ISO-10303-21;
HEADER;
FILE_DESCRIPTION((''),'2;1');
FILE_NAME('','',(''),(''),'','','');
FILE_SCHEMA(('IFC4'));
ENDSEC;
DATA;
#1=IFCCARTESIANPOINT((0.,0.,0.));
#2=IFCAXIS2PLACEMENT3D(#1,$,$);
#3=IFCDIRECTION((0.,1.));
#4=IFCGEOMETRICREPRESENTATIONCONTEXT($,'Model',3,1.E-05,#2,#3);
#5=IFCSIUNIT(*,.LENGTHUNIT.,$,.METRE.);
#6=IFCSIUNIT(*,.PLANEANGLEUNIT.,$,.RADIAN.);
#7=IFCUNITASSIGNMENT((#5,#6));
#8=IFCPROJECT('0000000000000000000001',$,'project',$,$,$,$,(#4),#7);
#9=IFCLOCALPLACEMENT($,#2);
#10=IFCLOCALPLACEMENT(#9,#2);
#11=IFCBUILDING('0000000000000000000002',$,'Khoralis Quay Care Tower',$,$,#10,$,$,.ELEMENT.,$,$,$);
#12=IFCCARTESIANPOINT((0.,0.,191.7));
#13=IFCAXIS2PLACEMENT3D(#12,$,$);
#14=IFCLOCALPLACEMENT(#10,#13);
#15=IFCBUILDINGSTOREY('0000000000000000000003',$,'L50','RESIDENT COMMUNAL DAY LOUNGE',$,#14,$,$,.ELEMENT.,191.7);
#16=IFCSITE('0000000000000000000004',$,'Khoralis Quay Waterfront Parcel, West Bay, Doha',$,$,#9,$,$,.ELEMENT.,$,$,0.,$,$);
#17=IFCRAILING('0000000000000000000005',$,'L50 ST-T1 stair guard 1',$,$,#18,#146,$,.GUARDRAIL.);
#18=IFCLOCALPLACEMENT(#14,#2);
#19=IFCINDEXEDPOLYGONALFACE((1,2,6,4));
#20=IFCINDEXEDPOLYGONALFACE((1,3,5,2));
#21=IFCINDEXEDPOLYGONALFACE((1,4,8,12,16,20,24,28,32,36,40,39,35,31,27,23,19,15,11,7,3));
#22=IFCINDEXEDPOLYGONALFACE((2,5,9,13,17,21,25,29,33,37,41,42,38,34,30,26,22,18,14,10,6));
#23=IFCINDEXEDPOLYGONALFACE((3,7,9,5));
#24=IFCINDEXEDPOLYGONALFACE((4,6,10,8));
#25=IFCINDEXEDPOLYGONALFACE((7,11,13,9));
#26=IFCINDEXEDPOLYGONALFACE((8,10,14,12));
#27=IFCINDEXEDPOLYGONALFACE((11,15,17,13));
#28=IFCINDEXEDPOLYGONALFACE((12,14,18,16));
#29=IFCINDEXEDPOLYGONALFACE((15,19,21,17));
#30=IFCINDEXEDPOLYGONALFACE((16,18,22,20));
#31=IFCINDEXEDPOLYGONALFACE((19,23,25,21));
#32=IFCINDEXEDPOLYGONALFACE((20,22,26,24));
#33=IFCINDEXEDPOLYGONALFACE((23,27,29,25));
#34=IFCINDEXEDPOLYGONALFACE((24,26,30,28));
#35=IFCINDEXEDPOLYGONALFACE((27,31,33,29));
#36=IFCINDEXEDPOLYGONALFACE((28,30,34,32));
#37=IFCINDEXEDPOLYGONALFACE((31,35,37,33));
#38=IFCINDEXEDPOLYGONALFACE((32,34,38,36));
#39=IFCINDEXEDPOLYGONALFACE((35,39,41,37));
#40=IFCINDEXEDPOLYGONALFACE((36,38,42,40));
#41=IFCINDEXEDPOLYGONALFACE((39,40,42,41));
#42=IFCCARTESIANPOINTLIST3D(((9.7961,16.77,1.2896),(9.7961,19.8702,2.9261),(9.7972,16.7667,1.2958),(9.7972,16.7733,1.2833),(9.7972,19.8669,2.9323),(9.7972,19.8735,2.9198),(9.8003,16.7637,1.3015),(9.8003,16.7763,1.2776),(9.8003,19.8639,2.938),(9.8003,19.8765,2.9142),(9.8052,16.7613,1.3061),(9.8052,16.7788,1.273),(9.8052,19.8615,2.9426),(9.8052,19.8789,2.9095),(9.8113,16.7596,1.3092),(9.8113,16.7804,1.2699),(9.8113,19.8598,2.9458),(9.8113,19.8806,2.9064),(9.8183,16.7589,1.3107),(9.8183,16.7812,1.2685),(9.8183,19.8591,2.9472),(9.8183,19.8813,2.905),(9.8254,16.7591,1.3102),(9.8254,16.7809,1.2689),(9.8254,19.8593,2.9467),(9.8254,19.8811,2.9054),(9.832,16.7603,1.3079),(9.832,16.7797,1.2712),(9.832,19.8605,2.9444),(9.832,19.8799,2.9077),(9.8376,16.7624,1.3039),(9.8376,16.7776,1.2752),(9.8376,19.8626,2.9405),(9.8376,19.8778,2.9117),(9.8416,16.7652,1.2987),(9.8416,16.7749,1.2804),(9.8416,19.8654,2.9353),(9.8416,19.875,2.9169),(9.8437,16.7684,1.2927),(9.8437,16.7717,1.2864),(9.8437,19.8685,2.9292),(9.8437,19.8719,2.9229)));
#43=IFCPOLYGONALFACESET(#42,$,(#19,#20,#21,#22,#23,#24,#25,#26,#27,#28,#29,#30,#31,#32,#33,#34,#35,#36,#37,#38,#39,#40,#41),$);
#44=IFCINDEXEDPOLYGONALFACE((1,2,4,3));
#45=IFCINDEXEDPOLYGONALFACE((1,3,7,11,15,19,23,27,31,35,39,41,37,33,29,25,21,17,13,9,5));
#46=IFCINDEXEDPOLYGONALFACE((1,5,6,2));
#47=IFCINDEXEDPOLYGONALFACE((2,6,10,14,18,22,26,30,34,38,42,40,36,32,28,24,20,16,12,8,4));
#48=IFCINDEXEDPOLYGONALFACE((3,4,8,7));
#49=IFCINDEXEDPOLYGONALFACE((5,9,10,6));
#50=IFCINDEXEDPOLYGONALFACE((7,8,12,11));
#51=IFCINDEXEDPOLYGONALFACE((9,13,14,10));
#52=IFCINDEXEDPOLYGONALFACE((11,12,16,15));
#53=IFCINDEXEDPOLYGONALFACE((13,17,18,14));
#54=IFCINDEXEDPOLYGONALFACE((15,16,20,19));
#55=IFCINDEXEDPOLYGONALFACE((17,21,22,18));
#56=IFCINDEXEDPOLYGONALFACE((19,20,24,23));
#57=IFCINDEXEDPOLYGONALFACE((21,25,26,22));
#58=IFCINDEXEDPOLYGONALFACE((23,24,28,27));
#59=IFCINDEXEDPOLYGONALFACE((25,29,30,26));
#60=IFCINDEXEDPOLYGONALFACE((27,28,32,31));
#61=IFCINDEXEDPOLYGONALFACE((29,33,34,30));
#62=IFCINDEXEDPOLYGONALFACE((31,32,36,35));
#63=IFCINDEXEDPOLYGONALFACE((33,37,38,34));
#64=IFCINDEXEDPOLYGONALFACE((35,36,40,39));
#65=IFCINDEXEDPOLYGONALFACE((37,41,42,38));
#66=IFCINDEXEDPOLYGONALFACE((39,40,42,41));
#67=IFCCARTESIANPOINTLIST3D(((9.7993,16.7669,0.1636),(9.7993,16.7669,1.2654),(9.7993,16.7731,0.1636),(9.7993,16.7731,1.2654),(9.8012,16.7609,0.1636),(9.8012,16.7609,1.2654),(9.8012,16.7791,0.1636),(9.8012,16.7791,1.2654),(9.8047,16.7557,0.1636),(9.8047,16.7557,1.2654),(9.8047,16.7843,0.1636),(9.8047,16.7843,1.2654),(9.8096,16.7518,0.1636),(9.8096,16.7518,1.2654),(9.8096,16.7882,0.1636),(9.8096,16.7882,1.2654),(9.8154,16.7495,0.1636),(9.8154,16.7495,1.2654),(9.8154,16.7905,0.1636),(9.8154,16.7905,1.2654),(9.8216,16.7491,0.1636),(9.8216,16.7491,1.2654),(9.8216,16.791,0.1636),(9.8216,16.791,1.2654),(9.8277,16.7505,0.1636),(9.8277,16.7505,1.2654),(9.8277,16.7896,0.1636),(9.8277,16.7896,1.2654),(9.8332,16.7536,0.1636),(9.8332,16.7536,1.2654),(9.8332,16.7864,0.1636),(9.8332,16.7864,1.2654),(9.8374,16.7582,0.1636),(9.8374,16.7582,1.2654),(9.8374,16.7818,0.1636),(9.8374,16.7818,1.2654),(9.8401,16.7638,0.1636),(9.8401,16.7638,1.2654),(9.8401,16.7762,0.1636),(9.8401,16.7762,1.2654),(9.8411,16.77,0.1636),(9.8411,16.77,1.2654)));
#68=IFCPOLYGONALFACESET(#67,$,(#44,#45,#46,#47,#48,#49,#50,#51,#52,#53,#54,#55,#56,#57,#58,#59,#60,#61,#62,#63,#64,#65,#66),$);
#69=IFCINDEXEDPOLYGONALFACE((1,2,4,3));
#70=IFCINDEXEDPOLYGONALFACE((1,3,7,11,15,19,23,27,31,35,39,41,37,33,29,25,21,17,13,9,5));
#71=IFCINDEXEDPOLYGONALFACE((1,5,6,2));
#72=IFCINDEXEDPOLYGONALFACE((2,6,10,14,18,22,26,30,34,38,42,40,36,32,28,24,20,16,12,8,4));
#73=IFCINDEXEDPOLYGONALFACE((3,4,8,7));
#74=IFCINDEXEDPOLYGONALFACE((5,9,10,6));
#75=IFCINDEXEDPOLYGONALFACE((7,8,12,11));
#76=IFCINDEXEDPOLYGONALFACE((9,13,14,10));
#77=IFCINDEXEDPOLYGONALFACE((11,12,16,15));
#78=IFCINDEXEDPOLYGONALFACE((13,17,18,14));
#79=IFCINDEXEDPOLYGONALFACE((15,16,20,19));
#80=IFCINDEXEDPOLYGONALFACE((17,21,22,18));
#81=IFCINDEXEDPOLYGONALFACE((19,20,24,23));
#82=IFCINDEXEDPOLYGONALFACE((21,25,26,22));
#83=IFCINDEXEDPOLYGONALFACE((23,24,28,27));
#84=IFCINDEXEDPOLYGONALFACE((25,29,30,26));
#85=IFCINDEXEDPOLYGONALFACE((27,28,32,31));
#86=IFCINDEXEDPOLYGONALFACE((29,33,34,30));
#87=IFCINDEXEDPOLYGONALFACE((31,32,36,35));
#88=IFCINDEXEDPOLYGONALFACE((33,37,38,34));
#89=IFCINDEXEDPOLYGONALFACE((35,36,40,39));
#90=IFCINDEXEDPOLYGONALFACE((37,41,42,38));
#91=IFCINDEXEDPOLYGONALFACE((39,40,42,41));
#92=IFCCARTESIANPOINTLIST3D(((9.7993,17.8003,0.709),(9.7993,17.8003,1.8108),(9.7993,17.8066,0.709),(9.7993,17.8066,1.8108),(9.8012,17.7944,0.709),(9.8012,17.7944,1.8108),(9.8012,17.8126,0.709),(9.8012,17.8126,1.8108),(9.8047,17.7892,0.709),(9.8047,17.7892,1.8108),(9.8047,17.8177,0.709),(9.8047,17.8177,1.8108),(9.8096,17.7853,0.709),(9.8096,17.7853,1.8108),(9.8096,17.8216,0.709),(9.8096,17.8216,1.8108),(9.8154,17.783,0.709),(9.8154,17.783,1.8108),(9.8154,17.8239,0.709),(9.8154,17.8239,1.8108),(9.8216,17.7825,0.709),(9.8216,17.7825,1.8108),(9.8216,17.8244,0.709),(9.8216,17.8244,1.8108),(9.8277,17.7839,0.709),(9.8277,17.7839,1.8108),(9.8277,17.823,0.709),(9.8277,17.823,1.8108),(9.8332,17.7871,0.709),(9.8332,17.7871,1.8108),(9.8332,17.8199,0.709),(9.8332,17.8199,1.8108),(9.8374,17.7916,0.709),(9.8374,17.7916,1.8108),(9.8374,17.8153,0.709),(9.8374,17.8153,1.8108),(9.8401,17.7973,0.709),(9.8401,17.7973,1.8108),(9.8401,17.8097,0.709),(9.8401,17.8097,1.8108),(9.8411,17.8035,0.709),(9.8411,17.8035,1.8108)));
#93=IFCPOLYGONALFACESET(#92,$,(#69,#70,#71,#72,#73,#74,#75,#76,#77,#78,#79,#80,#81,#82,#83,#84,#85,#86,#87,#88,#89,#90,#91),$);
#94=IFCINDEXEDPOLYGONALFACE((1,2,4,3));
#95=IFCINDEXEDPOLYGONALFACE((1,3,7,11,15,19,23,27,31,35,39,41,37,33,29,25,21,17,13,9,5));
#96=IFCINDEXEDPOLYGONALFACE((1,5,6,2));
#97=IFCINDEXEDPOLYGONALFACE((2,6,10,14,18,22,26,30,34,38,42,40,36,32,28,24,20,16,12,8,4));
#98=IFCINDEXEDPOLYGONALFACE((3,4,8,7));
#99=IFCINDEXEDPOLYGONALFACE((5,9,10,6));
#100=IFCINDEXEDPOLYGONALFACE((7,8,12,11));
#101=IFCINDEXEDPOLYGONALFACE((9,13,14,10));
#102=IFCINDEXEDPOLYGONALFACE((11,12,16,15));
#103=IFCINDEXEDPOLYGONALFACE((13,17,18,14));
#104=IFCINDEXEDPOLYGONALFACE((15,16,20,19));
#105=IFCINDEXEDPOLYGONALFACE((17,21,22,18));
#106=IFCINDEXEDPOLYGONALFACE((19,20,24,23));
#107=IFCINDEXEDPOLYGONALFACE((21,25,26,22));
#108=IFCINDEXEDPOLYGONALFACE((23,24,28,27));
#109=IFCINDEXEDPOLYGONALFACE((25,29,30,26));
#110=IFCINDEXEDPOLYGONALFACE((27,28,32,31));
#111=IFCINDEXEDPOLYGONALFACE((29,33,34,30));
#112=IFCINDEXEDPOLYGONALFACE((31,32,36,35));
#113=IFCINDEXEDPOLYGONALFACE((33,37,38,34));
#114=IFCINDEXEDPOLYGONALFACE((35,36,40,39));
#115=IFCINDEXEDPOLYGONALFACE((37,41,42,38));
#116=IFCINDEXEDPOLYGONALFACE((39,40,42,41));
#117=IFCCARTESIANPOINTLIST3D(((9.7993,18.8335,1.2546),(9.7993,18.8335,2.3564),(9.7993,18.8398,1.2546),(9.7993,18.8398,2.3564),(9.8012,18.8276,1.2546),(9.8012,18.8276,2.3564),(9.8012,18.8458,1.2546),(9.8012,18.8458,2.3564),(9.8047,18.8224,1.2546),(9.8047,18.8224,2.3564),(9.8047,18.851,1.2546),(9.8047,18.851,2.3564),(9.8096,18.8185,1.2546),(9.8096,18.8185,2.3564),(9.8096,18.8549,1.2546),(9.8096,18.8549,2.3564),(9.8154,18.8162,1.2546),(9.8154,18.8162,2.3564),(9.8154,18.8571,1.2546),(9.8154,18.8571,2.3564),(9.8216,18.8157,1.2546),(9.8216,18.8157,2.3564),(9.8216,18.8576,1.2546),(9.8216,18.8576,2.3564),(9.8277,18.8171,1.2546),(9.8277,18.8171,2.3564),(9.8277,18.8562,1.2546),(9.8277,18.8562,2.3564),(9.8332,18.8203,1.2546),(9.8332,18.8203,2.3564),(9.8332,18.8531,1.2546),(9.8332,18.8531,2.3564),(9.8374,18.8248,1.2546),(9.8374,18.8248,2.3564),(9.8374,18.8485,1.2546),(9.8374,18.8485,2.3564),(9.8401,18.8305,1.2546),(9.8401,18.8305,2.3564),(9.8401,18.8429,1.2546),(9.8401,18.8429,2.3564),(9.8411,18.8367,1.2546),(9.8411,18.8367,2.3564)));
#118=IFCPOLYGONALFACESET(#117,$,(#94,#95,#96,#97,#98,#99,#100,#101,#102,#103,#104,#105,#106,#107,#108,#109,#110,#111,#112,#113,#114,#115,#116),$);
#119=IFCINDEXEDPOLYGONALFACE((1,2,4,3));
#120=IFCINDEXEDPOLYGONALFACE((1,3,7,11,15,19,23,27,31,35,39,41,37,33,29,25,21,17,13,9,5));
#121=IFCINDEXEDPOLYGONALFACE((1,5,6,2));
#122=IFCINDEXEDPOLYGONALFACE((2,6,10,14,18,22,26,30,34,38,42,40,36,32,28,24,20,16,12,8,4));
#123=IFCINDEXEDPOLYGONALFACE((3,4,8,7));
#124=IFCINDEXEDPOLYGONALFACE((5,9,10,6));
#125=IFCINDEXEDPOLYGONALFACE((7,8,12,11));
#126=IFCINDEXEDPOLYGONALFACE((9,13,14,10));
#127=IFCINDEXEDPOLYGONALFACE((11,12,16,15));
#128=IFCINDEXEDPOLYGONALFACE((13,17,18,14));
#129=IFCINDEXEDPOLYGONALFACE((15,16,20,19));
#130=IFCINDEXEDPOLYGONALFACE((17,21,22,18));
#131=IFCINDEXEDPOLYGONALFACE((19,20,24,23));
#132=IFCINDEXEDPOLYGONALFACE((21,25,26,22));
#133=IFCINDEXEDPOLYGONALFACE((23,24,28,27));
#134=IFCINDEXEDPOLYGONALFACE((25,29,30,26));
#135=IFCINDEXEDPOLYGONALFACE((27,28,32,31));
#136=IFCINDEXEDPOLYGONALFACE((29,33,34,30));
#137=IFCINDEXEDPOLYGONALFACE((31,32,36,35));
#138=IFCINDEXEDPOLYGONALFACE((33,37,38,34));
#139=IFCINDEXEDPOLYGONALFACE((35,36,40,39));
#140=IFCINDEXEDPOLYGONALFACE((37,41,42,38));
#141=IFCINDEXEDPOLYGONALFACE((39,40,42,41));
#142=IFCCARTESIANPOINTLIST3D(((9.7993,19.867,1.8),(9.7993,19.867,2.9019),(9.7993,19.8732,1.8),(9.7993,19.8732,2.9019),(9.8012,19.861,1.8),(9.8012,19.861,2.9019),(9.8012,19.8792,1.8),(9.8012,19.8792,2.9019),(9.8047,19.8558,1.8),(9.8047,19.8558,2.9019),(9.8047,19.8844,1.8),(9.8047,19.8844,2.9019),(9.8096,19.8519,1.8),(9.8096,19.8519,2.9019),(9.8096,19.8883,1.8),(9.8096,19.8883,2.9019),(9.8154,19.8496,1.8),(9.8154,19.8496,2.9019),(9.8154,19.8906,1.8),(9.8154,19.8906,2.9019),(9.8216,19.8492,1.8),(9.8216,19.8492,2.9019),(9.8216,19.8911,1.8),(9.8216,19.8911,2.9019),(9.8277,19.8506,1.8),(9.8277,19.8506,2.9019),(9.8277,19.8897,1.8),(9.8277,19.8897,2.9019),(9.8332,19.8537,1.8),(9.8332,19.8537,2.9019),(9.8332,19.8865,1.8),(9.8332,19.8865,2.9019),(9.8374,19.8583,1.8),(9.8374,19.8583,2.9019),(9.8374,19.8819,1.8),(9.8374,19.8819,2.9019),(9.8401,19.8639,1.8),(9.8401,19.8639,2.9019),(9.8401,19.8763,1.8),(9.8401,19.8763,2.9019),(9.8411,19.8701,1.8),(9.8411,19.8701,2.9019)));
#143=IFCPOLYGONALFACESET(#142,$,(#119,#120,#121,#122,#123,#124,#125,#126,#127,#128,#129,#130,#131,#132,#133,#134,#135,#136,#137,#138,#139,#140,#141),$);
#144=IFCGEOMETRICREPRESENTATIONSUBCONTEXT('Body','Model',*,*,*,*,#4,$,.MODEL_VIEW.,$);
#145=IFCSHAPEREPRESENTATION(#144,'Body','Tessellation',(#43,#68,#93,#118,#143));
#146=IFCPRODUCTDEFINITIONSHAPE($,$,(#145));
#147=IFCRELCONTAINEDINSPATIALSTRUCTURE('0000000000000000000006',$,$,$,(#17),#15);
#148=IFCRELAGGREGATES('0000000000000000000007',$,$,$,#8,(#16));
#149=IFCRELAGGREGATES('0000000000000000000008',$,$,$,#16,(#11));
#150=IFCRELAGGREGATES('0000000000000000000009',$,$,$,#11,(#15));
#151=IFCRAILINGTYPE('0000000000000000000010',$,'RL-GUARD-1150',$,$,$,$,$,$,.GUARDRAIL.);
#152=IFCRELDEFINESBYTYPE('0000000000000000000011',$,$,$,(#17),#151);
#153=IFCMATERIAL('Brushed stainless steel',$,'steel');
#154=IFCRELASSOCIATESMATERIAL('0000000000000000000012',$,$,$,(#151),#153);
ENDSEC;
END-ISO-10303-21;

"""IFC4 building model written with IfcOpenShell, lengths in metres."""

from ifc_helpers import new_model, si_unit, direction, frame, origin, origin_2d, place, context, subcontext, project, spatial, circle, extrude, material, type_object, element, save


model = new_model("IFC4")

# Units and contexts
model_context = context("Model", 3, precision=1e-05, world=origin(), true_north=direction((0.0, 1.0)))
body_context = subcontext(model_context, "Body", "Model", "MODEL_VIEW")
ifc_project = project(units=[si_unit("LENGTHUNIT", "METRE"), si_unit("PLANEANGLEUNIT", "RADIAN")], contexts=[model_context])

# Site, building, storey
site_placement = place(None, origin())
site = spatial("IfcSite", under=ifc_project, at=site_placement, Name="Khoralis Quay Waterfront Parcel, West Bay, Doha", CompositionType="ELEMENT", RefElevation=0.0)
building_placement = place(site_placement, origin())
building = spatial("IfcBuilding", under=site, at=building_placement, Name="Khoralis Quay Care Tower", CompositionType="ELEMENT")
storey_placement = place(building_placement, frame((0.0, 0.0, 191.7)))
storey = spatial("IfcBuildingStorey", under=building, at=storey_placement, Name="L50", Description="RESIDENT COMMUNAL DAY LOUNGE", CompositionType="ELEMENT", Elevation=191.7)

# Shared definitions
ifc_material_1 = material(Name="Brushed stainless steel", Category="steel")

# Railing
railing_type_1 = type_object("IfcRailingType", Name="RL-GUARD-1150", PredefinedType="GUARDRAIL", material=ifc_material_1)
railing_1_placement = place(storey_placement, frame((9.8201, 16.77, 0.1636)))
element("IfcRailing", 1, at=railing_1_placement, inside=storey, type_object=railing_type_1, Name="L50 ST-T1 stair guard 1", PredefinedType="GUARDRAIL", context=body_context, shape_type="SweptSolid", body=[
    extrude(circle(Radius=0.0239, at=origin_2d()), frame((0.0, 0.0, 1.126), z_axis=(0.0, 0.884348, 0.466828), x_axis=(-1.0, 0.0, 0.0)), (0.0, 0.0, 1.0), 3.5056),
    extrude(circle(Radius=0.021, at=origin_2d()), origin(), (0.0, 0.0, 1.0), 1.1018),
    extrude(circle(Radius=0.021, at=origin_2d()), frame((0.0, 1.0334, 0.5454)), (0.0, 0.0, 1.0), 1.1018),
    extrude(circle(Radius=0.021, at=origin_2d()), frame((0.0, 2.0667, 1.0911)), (0.0, 0.0, 1.0), 1.1018),
    extrude(circle(Radius=0.021, at=origin_2d()), frame((0.0, 3.1001, 1.6365)), (0.0, 0.0, 1.0), 1.1018),
])

save(model, "model.ifc")
